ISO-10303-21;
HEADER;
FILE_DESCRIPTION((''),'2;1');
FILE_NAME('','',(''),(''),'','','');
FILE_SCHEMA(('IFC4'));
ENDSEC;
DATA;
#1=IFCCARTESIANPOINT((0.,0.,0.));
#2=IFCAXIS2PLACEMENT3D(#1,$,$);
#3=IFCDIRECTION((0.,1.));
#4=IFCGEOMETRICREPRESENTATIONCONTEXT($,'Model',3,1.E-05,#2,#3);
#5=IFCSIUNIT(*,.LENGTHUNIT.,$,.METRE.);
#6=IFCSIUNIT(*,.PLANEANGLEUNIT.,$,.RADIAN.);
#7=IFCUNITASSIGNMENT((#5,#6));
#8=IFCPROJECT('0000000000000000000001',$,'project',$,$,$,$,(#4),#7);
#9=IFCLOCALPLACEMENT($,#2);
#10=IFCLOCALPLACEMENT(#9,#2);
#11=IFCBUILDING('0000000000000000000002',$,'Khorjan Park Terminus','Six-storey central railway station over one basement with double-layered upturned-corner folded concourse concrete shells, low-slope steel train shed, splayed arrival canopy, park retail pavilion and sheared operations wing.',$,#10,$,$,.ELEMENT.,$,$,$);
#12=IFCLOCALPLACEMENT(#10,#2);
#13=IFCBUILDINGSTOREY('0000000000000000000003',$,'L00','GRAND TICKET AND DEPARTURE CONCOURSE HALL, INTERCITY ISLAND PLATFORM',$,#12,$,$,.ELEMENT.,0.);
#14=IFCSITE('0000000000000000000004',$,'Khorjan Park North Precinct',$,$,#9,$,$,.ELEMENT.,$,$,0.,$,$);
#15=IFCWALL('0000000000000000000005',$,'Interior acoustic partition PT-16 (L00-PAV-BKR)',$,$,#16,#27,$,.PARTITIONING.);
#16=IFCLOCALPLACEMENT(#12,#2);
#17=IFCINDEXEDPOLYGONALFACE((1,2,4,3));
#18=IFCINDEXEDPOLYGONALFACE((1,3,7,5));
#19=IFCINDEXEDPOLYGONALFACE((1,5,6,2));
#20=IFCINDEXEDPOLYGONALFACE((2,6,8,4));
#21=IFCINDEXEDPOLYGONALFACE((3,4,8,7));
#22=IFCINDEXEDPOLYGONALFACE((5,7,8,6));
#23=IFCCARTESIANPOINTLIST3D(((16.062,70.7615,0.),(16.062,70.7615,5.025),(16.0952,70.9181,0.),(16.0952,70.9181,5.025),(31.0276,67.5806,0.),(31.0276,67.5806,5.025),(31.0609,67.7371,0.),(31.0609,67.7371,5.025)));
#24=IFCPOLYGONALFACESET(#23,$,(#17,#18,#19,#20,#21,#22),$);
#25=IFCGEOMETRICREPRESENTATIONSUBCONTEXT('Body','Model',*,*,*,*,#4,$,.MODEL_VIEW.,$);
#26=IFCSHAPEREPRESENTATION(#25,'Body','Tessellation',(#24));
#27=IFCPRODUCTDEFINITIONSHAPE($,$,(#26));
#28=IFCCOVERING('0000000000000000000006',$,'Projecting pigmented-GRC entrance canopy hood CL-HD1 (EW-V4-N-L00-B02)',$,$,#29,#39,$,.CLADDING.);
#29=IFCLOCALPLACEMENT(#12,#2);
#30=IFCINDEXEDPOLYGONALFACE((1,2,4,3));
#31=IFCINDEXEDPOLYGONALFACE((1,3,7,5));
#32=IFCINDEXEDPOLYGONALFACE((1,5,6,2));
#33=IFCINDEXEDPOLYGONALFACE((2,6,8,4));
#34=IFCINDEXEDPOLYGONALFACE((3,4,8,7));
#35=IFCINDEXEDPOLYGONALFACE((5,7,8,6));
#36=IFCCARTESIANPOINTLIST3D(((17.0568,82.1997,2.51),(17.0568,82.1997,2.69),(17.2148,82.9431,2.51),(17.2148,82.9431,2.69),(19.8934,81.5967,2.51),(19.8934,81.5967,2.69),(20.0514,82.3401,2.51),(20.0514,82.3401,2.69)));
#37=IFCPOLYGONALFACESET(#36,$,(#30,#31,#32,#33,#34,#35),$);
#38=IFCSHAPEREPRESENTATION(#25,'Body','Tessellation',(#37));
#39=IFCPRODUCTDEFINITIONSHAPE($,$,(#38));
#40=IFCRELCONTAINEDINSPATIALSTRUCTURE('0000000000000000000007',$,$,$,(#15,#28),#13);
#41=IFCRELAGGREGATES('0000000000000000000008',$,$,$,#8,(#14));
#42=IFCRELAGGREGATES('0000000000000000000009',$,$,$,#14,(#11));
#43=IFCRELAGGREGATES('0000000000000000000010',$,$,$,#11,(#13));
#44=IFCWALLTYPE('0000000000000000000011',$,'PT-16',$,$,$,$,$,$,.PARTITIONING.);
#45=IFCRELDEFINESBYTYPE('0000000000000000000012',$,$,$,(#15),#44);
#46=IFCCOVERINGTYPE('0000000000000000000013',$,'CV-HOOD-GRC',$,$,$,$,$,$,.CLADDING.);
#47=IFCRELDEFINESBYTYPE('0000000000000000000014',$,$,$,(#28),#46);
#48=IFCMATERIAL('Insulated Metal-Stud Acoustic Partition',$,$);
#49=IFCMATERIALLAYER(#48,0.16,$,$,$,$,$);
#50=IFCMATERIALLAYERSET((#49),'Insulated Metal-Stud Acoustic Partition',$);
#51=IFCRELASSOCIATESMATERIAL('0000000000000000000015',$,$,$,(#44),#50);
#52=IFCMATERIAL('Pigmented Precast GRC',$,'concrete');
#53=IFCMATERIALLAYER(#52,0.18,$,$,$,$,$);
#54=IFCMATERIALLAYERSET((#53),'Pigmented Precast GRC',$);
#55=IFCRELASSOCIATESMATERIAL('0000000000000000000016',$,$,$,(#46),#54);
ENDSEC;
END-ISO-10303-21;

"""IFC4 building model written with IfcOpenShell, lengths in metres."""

from ifc_helpers import new_model, si_unit, direction, frame, frame_2d, origin, origin_2d, place, context, subcontext, project, spatial, rectangle, extrude, material, layer, layer_set, type_object, element, save


model = new_model("IFC4")

# Units and contexts
model_context = context("Model", 3, precision=1e-05, world=origin(), true_north=direction((0.0, 1.0)))
body_context = subcontext(model_context, "Body", "Model", "MODEL_VIEW")
ifc_project = project(units=[si_unit("LENGTHUNIT", "METRE"), si_unit("PLANEANGLEUNIT", "RADIAN")], contexts=[model_context])

# Site, building, storey
site_placement = place(None, origin())
site = spatial("IfcSite", under=ifc_project, at=site_placement, Name="Khorjan Park North Precinct", CompositionType="ELEMENT", RefElevation=0.0)
building_placement = place(site_placement, origin())
building = spatial("IfcBuilding", under=site, at=building_placement, Name="Khorjan Park Terminus", Description="Six-storey central railway station over one basement with double-layered upturned-corner folded concourse concrete shells, low-slope steel train shed, splayed arrival canopy, park retail pavilion and sheared operations wing.", CompositionType="ELEMENT")
storey_placement = place(building_placement, origin())
storey = spatial("IfcBuildingStorey", under=building, at=storey_placement, Name="L00", Description="GRAND TICKET AND DEPARTURE CONCOURSE HALL, INTERCITY ISLAND PLATFORM", CompositionType="ELEMENT", Elevation=0.0)

# Wall
ifc_material_1 = material(Name="Insulated Metal-Stud Acoustic Partition")
ifc_layer_1 = layer(ifc_material_1, 0.16)
ifc_layer_set_1 = layer_set([ifc_layer_1], Name="Insulated Metal-Stud Acoustic Partition")
wall_type_1 = type_object("IfcWallType", Name="PT-16", PredefinedType="PARTITIONING", material=ifc_layer_set_1)
wall_1_placement = place(storey_placement, frame((16.0786, 70.8398, 0.0), z_axis=(0.0, 0.0, 1.0), x_axis=(0.978148, -0.207908, 0.0)))
element("IfcWall", 1, at=wall_1_placement, inside=storey, type_object=wall_type_1, Name="Interior acoustic partition PT-16 (L00-PAV-BKR)", PredefinedType="PARTITIONING", context=body_context, shape_type="SweptSolid", body=[
    extrude(rectangle(XDim=15.3, YDim=0.16, at=frame_2d((7.65, 0.0))), origin(), (0.0, 0.0, 1.0), 5.025),
])

# Covering
ifc_material_2 = material(Name="Pigmented Precast GRC", Category="concrete")
ifc_layer_2 = layer(ifc_material_2, 0.18)
ifc_layer_set_2 = layer_set([ifc_layer_2], Name="Pigmented Precast GRC")
covering_type = type_object("IfcCoveringType", Name="CV-HOOD-GRC", PredefinedType="CLADDING", material=ifc_layer_set_2)
covering_placement = place(storey_placement, frame((18.5541, 82.2699, 2.51), z_axis=(0.0, 0.0, 1.0), x_axis=(-0.978148, 0.207912, 0.0)))
element("IfcCovering", 2, at=covering_placement, inside=storey, type_object=covering_type, Name="Projecting pigmented-GRC entrance canopy hood CL-HD1 (EW-V4-N-L00-B02)", PredefinedType="CLADDING", context=body_context, shape_type="SweptSolid", body=[
    extrude(rectangle(XDim=2.9, YDim=0.76, at=origin_2d()), origin(), (0.0, 0.0, 1.0), 0.18),
])

save(model, "model.ifc")
